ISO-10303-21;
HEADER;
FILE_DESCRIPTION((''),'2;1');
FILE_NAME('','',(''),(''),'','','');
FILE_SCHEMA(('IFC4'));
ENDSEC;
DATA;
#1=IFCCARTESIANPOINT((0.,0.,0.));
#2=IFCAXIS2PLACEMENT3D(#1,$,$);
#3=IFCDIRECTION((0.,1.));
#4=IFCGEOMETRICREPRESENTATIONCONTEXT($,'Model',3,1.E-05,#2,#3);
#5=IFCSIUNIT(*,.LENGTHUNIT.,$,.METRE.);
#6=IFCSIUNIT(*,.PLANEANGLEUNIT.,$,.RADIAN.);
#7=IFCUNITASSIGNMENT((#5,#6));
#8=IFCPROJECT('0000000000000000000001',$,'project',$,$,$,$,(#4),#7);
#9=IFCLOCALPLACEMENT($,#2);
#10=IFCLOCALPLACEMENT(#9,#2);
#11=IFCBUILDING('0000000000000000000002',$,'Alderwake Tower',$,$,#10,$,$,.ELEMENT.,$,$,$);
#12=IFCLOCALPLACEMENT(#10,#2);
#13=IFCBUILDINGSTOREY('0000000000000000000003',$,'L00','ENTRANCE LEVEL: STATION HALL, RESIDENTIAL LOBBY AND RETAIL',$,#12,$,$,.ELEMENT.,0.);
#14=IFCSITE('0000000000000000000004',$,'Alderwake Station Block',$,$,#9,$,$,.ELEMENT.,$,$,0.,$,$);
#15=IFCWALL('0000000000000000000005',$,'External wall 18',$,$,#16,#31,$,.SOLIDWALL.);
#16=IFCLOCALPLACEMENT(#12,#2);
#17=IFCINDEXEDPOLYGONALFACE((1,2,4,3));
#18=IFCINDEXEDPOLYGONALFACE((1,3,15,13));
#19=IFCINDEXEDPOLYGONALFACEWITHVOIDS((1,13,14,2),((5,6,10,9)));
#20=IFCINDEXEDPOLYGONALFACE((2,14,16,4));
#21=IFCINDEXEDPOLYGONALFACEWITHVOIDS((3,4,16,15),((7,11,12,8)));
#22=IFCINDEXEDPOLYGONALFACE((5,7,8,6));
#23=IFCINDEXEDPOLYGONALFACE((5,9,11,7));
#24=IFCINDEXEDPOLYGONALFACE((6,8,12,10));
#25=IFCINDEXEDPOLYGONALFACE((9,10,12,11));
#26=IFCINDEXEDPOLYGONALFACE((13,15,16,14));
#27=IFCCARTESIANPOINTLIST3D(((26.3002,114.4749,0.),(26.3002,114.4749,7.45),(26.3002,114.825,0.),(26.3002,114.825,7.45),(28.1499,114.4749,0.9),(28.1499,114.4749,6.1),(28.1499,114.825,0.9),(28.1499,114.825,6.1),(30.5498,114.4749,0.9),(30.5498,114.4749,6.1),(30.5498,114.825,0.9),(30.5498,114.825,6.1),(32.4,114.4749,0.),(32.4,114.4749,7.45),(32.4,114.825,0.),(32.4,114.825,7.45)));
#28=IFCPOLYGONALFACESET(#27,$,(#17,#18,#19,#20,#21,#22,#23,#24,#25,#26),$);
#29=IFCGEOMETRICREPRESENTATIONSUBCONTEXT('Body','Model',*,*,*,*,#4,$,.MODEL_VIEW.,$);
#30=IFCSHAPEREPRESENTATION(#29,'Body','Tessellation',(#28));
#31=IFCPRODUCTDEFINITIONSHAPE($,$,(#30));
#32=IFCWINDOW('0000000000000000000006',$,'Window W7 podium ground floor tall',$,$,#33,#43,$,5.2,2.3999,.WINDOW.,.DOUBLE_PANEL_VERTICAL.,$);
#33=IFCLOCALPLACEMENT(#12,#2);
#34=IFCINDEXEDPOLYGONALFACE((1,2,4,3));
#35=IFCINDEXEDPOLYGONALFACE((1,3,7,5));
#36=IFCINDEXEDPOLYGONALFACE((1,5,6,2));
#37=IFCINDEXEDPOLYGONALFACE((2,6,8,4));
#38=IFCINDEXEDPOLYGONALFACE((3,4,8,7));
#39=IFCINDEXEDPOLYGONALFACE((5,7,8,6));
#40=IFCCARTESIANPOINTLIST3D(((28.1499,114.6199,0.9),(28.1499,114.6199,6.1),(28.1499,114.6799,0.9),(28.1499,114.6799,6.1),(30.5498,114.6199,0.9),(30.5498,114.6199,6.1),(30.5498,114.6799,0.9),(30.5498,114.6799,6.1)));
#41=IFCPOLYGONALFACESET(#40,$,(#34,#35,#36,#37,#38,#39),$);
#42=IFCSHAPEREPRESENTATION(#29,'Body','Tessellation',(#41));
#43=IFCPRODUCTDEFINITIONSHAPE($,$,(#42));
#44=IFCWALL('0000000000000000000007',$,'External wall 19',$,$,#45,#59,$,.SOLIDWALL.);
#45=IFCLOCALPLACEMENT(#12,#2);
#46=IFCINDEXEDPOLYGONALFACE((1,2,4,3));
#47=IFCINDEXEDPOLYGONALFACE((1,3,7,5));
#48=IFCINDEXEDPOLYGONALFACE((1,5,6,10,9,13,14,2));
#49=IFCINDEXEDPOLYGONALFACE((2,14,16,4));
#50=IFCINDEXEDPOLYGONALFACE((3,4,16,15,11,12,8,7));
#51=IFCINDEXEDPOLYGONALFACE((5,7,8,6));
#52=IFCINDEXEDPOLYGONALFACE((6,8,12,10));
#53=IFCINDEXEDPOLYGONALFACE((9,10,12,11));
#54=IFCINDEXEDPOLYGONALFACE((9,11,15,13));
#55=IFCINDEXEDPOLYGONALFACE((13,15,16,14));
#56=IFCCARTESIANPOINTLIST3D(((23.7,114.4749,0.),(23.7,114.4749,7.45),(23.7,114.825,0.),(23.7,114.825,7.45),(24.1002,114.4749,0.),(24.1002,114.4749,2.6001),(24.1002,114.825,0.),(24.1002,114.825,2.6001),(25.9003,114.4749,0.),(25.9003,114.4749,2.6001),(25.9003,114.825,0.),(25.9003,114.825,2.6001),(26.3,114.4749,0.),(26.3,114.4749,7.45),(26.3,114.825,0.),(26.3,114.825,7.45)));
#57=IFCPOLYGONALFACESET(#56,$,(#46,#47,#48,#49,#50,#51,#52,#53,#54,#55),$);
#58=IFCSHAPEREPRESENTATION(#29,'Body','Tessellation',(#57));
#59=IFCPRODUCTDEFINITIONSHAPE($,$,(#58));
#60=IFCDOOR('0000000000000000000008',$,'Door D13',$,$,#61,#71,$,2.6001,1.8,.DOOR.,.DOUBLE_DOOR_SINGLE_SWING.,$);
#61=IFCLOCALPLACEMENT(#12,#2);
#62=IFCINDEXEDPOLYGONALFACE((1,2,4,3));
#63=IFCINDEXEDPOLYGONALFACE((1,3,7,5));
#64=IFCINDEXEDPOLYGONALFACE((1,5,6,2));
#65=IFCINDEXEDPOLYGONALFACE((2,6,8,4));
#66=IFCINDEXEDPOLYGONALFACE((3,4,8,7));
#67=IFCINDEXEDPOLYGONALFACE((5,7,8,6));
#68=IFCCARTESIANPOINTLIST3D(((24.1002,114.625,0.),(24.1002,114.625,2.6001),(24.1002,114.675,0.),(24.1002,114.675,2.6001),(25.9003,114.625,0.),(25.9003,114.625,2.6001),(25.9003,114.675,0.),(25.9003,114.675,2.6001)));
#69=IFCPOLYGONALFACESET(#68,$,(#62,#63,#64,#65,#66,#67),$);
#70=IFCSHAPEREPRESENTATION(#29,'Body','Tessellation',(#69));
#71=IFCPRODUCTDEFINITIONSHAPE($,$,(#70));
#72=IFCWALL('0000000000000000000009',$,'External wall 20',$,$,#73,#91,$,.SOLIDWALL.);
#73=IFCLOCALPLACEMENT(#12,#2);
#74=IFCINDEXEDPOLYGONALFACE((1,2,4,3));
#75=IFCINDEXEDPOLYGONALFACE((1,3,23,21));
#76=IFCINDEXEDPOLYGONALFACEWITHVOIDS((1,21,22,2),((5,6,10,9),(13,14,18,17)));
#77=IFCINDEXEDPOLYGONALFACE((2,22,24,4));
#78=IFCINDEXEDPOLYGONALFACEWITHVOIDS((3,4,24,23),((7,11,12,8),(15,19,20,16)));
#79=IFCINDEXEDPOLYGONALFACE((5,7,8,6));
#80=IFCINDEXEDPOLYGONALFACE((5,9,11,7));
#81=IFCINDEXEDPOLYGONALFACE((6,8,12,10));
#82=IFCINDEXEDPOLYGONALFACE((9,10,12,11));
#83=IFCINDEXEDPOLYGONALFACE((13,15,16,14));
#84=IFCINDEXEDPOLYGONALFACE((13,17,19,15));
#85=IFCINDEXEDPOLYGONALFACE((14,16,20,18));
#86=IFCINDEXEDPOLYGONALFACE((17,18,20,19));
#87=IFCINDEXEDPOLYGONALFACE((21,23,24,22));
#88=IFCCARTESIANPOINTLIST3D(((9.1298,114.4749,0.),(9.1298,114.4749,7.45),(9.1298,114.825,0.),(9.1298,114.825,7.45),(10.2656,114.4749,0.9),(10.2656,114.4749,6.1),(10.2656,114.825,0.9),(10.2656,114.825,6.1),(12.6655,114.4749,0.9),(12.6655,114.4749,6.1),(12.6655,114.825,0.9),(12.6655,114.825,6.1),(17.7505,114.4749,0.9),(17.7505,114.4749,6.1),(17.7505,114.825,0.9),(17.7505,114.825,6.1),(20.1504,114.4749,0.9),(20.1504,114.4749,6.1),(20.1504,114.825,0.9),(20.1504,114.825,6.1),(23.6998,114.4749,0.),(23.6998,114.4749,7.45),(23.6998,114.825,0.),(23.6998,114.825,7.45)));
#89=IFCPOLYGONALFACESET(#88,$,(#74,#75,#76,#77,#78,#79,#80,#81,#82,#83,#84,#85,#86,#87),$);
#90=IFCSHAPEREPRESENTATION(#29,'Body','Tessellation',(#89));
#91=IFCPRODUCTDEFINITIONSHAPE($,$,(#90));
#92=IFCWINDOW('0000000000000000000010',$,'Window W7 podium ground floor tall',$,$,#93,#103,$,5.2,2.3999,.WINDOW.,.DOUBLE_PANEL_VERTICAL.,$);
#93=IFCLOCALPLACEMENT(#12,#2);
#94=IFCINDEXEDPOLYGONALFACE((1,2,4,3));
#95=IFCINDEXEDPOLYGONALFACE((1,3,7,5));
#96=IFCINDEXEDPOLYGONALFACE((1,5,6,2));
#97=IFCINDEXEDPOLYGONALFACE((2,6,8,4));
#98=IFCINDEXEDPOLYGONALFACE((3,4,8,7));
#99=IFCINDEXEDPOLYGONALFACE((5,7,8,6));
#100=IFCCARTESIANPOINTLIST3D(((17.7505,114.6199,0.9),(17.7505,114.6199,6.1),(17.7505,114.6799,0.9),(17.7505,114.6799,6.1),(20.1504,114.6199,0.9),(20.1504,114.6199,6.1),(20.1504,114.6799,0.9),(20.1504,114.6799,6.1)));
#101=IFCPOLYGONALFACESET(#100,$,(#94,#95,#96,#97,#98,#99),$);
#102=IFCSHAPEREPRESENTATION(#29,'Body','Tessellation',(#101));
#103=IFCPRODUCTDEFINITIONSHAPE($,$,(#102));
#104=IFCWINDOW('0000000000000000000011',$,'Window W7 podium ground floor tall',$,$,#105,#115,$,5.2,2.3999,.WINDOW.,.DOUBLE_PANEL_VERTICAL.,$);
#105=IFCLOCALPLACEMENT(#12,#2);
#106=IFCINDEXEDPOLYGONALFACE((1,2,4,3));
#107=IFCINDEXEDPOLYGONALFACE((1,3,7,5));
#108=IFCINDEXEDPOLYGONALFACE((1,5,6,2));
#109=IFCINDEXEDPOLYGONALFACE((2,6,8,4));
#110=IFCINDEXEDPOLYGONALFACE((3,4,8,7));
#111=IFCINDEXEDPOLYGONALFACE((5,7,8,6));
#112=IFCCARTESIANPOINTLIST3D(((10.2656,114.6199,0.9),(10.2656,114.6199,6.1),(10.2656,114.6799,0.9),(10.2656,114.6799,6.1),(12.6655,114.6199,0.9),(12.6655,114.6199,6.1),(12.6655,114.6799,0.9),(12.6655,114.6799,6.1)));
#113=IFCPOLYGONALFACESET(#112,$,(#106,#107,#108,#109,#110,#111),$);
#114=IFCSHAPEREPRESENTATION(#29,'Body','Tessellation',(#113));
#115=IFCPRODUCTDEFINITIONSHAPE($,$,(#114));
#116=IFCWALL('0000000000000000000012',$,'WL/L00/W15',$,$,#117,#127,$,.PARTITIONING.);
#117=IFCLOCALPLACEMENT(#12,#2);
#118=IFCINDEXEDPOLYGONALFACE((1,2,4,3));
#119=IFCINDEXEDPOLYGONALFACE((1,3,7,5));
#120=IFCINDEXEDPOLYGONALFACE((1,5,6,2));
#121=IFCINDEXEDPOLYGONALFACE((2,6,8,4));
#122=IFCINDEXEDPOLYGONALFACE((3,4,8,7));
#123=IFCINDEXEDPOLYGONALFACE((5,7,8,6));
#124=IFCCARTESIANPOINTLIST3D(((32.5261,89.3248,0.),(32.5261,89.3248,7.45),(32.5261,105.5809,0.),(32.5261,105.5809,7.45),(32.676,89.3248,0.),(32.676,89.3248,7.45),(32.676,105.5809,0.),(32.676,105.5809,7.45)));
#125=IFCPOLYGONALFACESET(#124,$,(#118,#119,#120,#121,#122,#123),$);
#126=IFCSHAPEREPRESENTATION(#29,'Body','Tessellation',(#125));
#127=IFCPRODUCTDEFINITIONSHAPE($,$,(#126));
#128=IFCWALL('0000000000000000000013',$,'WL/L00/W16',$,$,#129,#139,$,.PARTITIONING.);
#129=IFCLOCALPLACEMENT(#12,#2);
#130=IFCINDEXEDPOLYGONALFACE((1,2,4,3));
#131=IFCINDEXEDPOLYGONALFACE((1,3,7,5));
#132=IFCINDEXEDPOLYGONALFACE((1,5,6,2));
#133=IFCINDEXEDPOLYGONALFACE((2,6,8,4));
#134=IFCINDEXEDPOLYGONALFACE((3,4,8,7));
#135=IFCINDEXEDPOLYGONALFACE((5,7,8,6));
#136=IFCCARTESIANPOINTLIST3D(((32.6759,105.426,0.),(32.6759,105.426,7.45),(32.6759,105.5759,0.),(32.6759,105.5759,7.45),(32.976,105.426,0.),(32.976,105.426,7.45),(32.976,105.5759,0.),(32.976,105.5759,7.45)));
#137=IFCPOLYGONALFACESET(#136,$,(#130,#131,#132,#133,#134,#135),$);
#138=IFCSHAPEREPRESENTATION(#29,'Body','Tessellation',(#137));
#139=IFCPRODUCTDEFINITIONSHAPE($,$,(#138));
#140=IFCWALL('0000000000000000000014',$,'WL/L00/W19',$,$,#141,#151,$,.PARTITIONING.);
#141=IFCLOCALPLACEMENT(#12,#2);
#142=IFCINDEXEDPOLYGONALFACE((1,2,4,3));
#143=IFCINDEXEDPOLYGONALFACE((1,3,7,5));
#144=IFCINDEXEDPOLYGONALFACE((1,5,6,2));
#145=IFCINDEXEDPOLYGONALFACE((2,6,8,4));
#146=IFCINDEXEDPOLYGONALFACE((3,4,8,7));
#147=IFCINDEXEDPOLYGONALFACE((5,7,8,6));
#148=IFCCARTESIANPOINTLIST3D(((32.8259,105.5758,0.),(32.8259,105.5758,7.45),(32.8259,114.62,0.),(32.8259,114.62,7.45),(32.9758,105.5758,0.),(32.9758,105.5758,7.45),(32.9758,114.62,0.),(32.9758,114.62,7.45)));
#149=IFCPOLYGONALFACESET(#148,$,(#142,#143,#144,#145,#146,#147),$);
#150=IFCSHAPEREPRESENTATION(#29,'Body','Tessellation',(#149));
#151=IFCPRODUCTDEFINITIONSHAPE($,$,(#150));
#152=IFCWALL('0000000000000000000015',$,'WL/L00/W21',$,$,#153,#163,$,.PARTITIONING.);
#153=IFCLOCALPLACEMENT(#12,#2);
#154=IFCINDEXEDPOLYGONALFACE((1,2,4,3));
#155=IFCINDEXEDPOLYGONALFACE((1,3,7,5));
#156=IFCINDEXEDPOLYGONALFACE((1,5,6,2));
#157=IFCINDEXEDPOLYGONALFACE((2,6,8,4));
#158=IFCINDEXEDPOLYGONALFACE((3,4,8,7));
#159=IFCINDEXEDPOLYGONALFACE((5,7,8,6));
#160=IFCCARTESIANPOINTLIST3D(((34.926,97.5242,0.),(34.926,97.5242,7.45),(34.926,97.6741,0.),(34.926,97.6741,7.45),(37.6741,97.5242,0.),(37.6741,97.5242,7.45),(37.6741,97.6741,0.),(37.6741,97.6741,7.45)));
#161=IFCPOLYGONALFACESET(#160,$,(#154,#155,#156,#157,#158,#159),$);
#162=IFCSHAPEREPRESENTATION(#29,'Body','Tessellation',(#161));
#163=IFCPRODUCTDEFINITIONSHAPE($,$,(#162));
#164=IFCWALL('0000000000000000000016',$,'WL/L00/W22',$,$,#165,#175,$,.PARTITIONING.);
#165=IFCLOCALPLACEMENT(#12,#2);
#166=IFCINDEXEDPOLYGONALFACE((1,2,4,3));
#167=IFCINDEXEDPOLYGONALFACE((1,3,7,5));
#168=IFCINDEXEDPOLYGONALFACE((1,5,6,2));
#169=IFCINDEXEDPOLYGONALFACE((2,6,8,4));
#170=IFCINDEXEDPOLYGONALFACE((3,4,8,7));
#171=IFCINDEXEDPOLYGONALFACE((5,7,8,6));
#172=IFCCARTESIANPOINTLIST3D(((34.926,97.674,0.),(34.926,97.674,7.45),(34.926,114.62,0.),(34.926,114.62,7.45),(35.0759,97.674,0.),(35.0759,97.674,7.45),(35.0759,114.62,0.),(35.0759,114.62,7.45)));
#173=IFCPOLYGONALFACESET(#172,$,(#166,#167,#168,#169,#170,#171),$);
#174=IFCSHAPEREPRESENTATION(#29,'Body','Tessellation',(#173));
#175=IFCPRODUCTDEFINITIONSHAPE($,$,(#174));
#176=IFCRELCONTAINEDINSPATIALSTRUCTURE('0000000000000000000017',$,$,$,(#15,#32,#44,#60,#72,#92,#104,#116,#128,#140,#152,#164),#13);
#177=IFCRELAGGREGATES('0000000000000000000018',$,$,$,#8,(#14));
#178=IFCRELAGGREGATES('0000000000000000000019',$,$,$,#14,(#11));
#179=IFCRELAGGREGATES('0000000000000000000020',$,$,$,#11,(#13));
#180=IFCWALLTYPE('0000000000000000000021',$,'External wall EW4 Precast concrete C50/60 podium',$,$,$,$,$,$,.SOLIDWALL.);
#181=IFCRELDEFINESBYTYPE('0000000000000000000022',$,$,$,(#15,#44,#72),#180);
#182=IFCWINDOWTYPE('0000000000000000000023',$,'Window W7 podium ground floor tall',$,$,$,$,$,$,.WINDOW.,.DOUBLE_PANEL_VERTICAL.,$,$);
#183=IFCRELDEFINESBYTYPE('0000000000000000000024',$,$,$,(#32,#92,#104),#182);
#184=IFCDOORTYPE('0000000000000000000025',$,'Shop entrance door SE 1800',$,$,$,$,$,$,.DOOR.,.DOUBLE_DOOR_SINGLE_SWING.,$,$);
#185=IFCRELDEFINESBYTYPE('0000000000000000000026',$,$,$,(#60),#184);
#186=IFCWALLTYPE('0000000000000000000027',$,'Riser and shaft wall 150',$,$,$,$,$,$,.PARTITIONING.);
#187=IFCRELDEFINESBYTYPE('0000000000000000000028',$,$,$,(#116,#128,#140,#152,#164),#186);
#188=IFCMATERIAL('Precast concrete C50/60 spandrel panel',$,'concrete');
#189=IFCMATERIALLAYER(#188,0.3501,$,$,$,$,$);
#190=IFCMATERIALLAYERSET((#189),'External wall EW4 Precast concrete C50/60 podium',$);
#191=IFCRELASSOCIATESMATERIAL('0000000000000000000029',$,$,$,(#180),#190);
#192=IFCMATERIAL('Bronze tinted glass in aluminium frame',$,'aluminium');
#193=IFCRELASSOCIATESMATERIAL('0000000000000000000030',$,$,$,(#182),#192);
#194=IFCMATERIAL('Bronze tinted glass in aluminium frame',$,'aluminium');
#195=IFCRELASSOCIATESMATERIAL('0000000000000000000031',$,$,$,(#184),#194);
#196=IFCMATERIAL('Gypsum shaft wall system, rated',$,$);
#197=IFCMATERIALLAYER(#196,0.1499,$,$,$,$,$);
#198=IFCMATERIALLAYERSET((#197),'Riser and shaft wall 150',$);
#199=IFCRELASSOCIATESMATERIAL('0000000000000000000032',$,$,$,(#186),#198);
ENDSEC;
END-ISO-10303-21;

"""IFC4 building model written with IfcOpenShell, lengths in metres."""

from ifc_helpers import new_model, si_unit, direction, frame, frame_2d, origin, place, context, subcontext, project, spatial, rectangle, extrude, material, layer, layer_set, type_object, element, fill, save


model = new_model("IFC4")

# Units and contexts
model_context = context("Model", 3, precision=1e-05, world=origin(), true_north=direction((0.0, 1.0)))
body_context = subcontext(model_context, "Body", "Model", "MODEL_VIEW")
ifc_project = project(units=[si_unit("LENGTHUNIT", "METRE"), si_unit("PLANEANGLEUNIT", "RADIAN")], contexts=[model_context])

# Site, building, storey
site_placement = place(None, origin())
site = spatial("IfcSite", under=ifc_project, at=site_placement, Name="Alderwake Station Block", CompositionType="ELEMENT", RefElevation=0.0)
building_placement = place(site_placement, origin())
building = spatial("IfcBuilding", under=site, at=building_placement, Name="Alderwake Tower", CompositionType="ELEMENT")
storey_placement = place(building_placement, origin())
storey = spatial("IfcBuildingStorey", under=building, at=storey_placement, Name="L00", Description="ENTRANCE LEVEL: STATION HALL, RESIDENTIAL LOBBY AND RETAIL", CompositionType="ELEMENT", Elevation=0.0)

# Shared definitions
ifc_material_1 = material(Name="Precast concrete C50/60 spandrel panel", Category="concrete")
ifc_layer_1 = layer(ifc_material_1, 0.3501)
ifc_layer_set_1 = layer_set([ifc_layer_1], Name="External wall EW4 Precast concrete C50/60 podium")
wall_type_1 = type_object("IfcWallType", Name="External wall EW4 Precast concrete C50/60 podium", PredefinedType="SOLIDWALL", material=ifc_layer_set_1)

# Wall, opening, window
wall_1_placement = place(storey_placement, frame((32.3999, 114.6499, 0.0), z_axis=(0.0, 0.0, 1.0), x_axis=(-1.0, 0.0, 0.0)))
wall_1 = element("IfcWall", 1, at=wall_1_placement, inside=storey, type_object=wall_type_1, Name="External wall 18", PredefinedType="SOLIDWALL", context=body_context, shape_type="SweptSolid", body=[
    extrude(rectangle(XDim=6.0999, YDim=0.3501, at=frame_2d((3.0498, 0.0))), origin(), (0.0, 0.0, 1.0), 7.45),
])
opening_1_placement = place(wall_1_placement, frame((1.8501, 0.0, 0.8999)))
opening_1 = element("IfcOpeningElement", 2, at=opening_1_placement, cuts=wall_1, PredefinedType="OPENING", context=body_context, shape_type="SweptSolid", body=[
    extrude(rectangle(XDim=2.3999, YDim=5.2, at=frame_2d((1.2, 2.6001))), frame((0.0, 0.1851, 0.0), z_axis=(0.0, -1.0, 0.0), x_axis=(1.0, 0.0, 0.0)), (0.0, 0.0, 1.0), 0.3701),
])
ifc_material_2 = material(Name="Bronze tinted glass in aluminium frame", Category="aluminium")
window_type = type_object("IfcWindowType", Name="Window W7 podium ground floor tall", PartitioningType="DOUBLE_PANEL_VERTICAL", PredefinedType="WINDOW", material=ifc_material_2)
window_1_placement = place(opening_1_placement, origin())
window_1 = element("IfcWindow", 3, at=window_1_placement, inside=storey, type_object=window_type, Name="Window W7 podium ground floor tall", OverallHeight=5.2, OverallWidth=2.3999, PartitioningType="DOUBLE_PANEL_VERTICAL", PredefinedType="WINDOW", context=body_context, shape_type="SweptSolid", body=[
    extrude(rectangle(XDim=2.3999, YDim=5.2, at=frame_2d((1.2, 2.6001))), frame((0.0, 0.03, 0.0), z_axis=(0.0, -1.0, 0.0), x_axis=(1.0, 0.0, 0.0)), (0.0, 0.0, 1.0), 0.0601),
])
fill(opening_1, window_1)

# Wall, opening, door
wall_2_placement = place(storey_placement, frame((26.3, 114.6499, 0.0), z_axis=(0.0, 0.0, 1.0), x_axis=(-1.0, 0.0, 0.0)))
wall_2 = element("IfcWall", 4, at=wall_2_placement, inside=storey, type_object=wall_type_1, Name="External wall 19", PredefinedType="SOLIDWALL", context=body_context, shape_type="SweptSolid", body=[
    extrude(rectangle(XDim=2.6001, YDim=0.3501, at=frame_2d((1.3, 0.0))), origin(), (0.0, 0.0, 1.0), 7.45),
])
opening_2_placement = place(wall_2_placement, frame((0.3999, 0.0, 0.0)))
opening_2 = element("IfcOpeningElement", 5, at=opening_2_placement, cuts=wall_2, PredefinedType="OPENING", context=body_context, shape_type="SweptSolid", body=[
    extrude(rectangle(XDim=1.8, YDim=2.6001, at=frame_2d((0.8999, 1.3))), frame((0.0, 0.1851, 0.0), z_axis=(0.0, -1.0, 0.0), x_axis=(1.0, 0.0, 0.0)), (0.0, 0.0, 1.0), 0.3701),
])
ifc_material_3 = material(Name="Bronze tinted glass in aluminium frame", Category="aluminium")
door_type_1 = type_object("IfcDoorType", Name="Shop entrance door SE 1800", OperationType="DOUBLE_DOOR_SINGLE_SWING", PredefinedType="DOOR", material=ifc_material_3)
door_1_placement = place(opening_2_placement, origin())
door_1 = element("IfcDoor", 6, at=door_1_placement, inside=storey, type_object=door_type_1, Name="Door D13", OperationType="DOUBLE_DOOR_SINGLE_SWING", OverallHeight=2.6001, OverallWidth=1.8, PredefinedType="DOOR", context=body_context, shape_type="SweptSolid", body=[
    extrude(rectangle(XDim=1.8, YDim=2.6001, at=frame_2d((0.8999, 1.3))), frame((0.0, 0.0249, 0.0), z_axis=(0.0, -1.0, 0.0), x_axis=(1.0, 0.0, 0.0)), (0.0, 0.0, 1.0), 0.05),
])
fill(opening_2, door_1)

# Wall, openings, windows
wall_3_placement = place(storey_placement, frame((23.7, 114.6499, 0.0), z_axis=(0.0, 0.0, 1.0), x_axis=(-1.0, 0.0, 0.0)))
wall_3 = element("IfcWall", 7, at=wall_3_placement, inside=storey, type_object=wall_type_1, Name="External wall 20", PredefinedType="SOLIDWALL", context=body_context, shape_type="SweptSolid", body=[
    extrude(rectangle(XDim=14.5701, YDim=0.3501, at=frame_2d((7.2852, 0.0))), origin(), (0.0, 0.0, 1.0), 7.45),
])
opening_3_placement = place(wall_3_placement, frame((3.5496, 0.0, 0.8999)))
opening_3 = element("IfcOpeningElement", 8, at=opening_3_placement, cuts=wall_3, PredefinedType="OPENING", context=body_context, shape_type="SweptSolid", body=[
    extrude(rectangle(XDim=2.3999, YDim=5.2, at=frame_2d((1.2, 2.6001))), frame((0.0, 0.1851, 0.0), z_axis=(0.0, -1.0, 0.0), x_axis=(1.0, 0.0, 0.0)), (0.0, 0.0, 1.0), 0.3701),
])
opening_4_placement = place(wall_3_placement, frame((11.0344, 0.0, 0.8999)))
opening_4 = element("IfcOpeningElement", 9, at=opening_4_placement, cuts=wall_3, PredefinedType="OPENING", context=body_context, shape_type="SweptSolid", body=[
    extrude(rectangle(XDim=2.3999, YDim=5.2, at=frame_2d((1.2, 2.6001))), frame((0.0, 0.1851, 0.0), z_axis=(0.0, -1.0, 0.0), x_axis=(1.0, 0.0, 0.0)), (0.0, 0.0, 1.0), 0.3701),
])
window_2_placement = place(opening_3_placement, origin())
window_2 = element("IfcWindow", 10, at=window_2_placement, inside=storey, type_object=window_type, Name="Window W7 podium ground floor tall", OverallHeight=5.2, OverallWidth=2.3999, PartitioningType="DOUBLE_PANEL_VERTICAL", PredefinedType="WINDOW", context=body_context, shape_type="SweptSolid", body=[
    extrude(rectangle(XDim=2.3999, YDim=5.2, at=frame_2d((1.2, 2.6001))), frame((0.0, 0.03, 0.0), z_axis=(0.0, -1.0, 0.0), x_axis=(1.0, 0.0, 0.0)), (0.0, 0.0, 1.0), 0.0601),
])
fill(opening_3, window_2)
window_3_placement = place(opening_4_placement, origin())
window_3 = element("IfcWindow", 11, at=window_3_placement, inside=storey, type_object=window_type, Name="Window W7 podium ground floor tall", OverallHeight=5.2, OverallWidth=2.3999, PartitioningType="DOUBLE_PANEL_VERTICAL", PredefinedType="WINDOW", context=body_context, shape_type="SweptSolid", body=[
    extrude(rectangle(XDim=2.3999, YDim=5.2, at=frame_2d((1.2, 2.6001))), frame((0.0, 0.03, 0.0), z_axis=(0.0, -1.0, 0.0), x_axis=(1.0, 0.0, 0.0)), (0.0, 0.0, 1.0), 0.0601),
])
fill(opening_4, window_3)

# Walls
ifc_material_4 = material(Name="Gypsum shaft wall system, rated")
ifc_layer_2 = layer(ifc_material_4, 0.1499)
ifc_layer_set_2 = layer_set([ifc_layer_2], Name="Riser and shaft wall 150")
wall_type_2 = type_object("IfcWallType", Name="Riser and shaft wall 150", PredefinedType="PARTITIONING", material=ifc_layer_set_2)
wall_4_placement = place(storey_placement, frame((32.6011, 89.325, 0.0), z_axis=(0.0, 0.0, 1.0), x_axis=(0.0, 1.0, 0.0)))
element("IfcWall", 12, at=wall_4_placement, inside=storey, type_object=wall_type_2, Name="WL/L00/W15", PredefinedType="PARTITIONING", context=body_context, shape_type="SweptSolid", body=[
    extrude(rectangle(XDim=16.2561, YDim=0.1499, at=frame_2d((8.1279, 0.0))), origin(), (0.0, 0.0, 1.0), 7.45),
])
wall_5_placement = place(storey_placement, frame((32.676, 105.501, 0.0), z_axis=(0.0, 0.0, 1.0), x_axis=(1.0, 0.0, 0.0)))
element("IfcWall", 13, at=wall_5_placement, inside=storey, type_object=wall_type_2, Name="WL/L00/W16", PredefinedType="PARTITIONING", context=body_context, shape_type="SweptSolid", body=[
    extrude(rectangle(XDim=0.3, YDim=0.1499, at=frame_2d((0.1499, 0.0))), origin(), (0.0, 0.0, 1.0), 7.45),
])
wall_6_placement = place(storey_placement, frame((32.9009, 105.5759, 0.0), z_axis=(0.0, 0.0, 1.0), x_axis=(0.0, 1.0, 0.0)))
element("IfcWall", 14, at=wall_6_placement, inside=storey, type_object=wall_type_2, Name="WL/L00/W19", PredefinedType="PARTITIONING", context=body_context, shape_type="SweptSolid", body=[
    extrude(rectangle(XDim=9.0442, YDim=0.1499, at=frame_2d((4.522, 0.0))), origin(), (0.0, 0.0, 1.0), 7.45),
])
wall_7_placement = place(storey_placement, frame((34.926, 97.5991, 0.0), z_axis=(0.0, 0.0, 1.0), x_axis=(1.0, 0.0, 0.0)))
element("IfcWall", 15, at=wall_7_placement, inside=storey, type_object=wall_type_2, Name="WL/L00/W21", PredefinedType="PARTITIONING", context=body_context, shape_type="SweptSolid", body=[
    extrude(rectangle(XDim=2.748, YDim=0.1499, at=frame_2d((1.374, 0.0))), origin(), (0.0, 0.0, 1.0), 7.45),
])
wall_8_placement = place(storey_placement, frame((35.001, 114.6201, 0.0), z_axis=(0.0, 0.0, 1.0), x_axis=(0.0, -1.0, 0.0)))
element("IfcWall", 16, at=wall_8_placement, inside=storey, type_object=wall_type_2, Name="WL/L00/W22", PredefinedType="PARTITIONING", context=body_context, shape_type="SweptSolid", body=[
    extrude(rectangle(XDim=16.946, YDim=0.1499, at=frame_2d((8.4731, 0.0))), origin(), (0.0, 0.0, 1.0), 7.45),
])

save(model, "model.ifc")
